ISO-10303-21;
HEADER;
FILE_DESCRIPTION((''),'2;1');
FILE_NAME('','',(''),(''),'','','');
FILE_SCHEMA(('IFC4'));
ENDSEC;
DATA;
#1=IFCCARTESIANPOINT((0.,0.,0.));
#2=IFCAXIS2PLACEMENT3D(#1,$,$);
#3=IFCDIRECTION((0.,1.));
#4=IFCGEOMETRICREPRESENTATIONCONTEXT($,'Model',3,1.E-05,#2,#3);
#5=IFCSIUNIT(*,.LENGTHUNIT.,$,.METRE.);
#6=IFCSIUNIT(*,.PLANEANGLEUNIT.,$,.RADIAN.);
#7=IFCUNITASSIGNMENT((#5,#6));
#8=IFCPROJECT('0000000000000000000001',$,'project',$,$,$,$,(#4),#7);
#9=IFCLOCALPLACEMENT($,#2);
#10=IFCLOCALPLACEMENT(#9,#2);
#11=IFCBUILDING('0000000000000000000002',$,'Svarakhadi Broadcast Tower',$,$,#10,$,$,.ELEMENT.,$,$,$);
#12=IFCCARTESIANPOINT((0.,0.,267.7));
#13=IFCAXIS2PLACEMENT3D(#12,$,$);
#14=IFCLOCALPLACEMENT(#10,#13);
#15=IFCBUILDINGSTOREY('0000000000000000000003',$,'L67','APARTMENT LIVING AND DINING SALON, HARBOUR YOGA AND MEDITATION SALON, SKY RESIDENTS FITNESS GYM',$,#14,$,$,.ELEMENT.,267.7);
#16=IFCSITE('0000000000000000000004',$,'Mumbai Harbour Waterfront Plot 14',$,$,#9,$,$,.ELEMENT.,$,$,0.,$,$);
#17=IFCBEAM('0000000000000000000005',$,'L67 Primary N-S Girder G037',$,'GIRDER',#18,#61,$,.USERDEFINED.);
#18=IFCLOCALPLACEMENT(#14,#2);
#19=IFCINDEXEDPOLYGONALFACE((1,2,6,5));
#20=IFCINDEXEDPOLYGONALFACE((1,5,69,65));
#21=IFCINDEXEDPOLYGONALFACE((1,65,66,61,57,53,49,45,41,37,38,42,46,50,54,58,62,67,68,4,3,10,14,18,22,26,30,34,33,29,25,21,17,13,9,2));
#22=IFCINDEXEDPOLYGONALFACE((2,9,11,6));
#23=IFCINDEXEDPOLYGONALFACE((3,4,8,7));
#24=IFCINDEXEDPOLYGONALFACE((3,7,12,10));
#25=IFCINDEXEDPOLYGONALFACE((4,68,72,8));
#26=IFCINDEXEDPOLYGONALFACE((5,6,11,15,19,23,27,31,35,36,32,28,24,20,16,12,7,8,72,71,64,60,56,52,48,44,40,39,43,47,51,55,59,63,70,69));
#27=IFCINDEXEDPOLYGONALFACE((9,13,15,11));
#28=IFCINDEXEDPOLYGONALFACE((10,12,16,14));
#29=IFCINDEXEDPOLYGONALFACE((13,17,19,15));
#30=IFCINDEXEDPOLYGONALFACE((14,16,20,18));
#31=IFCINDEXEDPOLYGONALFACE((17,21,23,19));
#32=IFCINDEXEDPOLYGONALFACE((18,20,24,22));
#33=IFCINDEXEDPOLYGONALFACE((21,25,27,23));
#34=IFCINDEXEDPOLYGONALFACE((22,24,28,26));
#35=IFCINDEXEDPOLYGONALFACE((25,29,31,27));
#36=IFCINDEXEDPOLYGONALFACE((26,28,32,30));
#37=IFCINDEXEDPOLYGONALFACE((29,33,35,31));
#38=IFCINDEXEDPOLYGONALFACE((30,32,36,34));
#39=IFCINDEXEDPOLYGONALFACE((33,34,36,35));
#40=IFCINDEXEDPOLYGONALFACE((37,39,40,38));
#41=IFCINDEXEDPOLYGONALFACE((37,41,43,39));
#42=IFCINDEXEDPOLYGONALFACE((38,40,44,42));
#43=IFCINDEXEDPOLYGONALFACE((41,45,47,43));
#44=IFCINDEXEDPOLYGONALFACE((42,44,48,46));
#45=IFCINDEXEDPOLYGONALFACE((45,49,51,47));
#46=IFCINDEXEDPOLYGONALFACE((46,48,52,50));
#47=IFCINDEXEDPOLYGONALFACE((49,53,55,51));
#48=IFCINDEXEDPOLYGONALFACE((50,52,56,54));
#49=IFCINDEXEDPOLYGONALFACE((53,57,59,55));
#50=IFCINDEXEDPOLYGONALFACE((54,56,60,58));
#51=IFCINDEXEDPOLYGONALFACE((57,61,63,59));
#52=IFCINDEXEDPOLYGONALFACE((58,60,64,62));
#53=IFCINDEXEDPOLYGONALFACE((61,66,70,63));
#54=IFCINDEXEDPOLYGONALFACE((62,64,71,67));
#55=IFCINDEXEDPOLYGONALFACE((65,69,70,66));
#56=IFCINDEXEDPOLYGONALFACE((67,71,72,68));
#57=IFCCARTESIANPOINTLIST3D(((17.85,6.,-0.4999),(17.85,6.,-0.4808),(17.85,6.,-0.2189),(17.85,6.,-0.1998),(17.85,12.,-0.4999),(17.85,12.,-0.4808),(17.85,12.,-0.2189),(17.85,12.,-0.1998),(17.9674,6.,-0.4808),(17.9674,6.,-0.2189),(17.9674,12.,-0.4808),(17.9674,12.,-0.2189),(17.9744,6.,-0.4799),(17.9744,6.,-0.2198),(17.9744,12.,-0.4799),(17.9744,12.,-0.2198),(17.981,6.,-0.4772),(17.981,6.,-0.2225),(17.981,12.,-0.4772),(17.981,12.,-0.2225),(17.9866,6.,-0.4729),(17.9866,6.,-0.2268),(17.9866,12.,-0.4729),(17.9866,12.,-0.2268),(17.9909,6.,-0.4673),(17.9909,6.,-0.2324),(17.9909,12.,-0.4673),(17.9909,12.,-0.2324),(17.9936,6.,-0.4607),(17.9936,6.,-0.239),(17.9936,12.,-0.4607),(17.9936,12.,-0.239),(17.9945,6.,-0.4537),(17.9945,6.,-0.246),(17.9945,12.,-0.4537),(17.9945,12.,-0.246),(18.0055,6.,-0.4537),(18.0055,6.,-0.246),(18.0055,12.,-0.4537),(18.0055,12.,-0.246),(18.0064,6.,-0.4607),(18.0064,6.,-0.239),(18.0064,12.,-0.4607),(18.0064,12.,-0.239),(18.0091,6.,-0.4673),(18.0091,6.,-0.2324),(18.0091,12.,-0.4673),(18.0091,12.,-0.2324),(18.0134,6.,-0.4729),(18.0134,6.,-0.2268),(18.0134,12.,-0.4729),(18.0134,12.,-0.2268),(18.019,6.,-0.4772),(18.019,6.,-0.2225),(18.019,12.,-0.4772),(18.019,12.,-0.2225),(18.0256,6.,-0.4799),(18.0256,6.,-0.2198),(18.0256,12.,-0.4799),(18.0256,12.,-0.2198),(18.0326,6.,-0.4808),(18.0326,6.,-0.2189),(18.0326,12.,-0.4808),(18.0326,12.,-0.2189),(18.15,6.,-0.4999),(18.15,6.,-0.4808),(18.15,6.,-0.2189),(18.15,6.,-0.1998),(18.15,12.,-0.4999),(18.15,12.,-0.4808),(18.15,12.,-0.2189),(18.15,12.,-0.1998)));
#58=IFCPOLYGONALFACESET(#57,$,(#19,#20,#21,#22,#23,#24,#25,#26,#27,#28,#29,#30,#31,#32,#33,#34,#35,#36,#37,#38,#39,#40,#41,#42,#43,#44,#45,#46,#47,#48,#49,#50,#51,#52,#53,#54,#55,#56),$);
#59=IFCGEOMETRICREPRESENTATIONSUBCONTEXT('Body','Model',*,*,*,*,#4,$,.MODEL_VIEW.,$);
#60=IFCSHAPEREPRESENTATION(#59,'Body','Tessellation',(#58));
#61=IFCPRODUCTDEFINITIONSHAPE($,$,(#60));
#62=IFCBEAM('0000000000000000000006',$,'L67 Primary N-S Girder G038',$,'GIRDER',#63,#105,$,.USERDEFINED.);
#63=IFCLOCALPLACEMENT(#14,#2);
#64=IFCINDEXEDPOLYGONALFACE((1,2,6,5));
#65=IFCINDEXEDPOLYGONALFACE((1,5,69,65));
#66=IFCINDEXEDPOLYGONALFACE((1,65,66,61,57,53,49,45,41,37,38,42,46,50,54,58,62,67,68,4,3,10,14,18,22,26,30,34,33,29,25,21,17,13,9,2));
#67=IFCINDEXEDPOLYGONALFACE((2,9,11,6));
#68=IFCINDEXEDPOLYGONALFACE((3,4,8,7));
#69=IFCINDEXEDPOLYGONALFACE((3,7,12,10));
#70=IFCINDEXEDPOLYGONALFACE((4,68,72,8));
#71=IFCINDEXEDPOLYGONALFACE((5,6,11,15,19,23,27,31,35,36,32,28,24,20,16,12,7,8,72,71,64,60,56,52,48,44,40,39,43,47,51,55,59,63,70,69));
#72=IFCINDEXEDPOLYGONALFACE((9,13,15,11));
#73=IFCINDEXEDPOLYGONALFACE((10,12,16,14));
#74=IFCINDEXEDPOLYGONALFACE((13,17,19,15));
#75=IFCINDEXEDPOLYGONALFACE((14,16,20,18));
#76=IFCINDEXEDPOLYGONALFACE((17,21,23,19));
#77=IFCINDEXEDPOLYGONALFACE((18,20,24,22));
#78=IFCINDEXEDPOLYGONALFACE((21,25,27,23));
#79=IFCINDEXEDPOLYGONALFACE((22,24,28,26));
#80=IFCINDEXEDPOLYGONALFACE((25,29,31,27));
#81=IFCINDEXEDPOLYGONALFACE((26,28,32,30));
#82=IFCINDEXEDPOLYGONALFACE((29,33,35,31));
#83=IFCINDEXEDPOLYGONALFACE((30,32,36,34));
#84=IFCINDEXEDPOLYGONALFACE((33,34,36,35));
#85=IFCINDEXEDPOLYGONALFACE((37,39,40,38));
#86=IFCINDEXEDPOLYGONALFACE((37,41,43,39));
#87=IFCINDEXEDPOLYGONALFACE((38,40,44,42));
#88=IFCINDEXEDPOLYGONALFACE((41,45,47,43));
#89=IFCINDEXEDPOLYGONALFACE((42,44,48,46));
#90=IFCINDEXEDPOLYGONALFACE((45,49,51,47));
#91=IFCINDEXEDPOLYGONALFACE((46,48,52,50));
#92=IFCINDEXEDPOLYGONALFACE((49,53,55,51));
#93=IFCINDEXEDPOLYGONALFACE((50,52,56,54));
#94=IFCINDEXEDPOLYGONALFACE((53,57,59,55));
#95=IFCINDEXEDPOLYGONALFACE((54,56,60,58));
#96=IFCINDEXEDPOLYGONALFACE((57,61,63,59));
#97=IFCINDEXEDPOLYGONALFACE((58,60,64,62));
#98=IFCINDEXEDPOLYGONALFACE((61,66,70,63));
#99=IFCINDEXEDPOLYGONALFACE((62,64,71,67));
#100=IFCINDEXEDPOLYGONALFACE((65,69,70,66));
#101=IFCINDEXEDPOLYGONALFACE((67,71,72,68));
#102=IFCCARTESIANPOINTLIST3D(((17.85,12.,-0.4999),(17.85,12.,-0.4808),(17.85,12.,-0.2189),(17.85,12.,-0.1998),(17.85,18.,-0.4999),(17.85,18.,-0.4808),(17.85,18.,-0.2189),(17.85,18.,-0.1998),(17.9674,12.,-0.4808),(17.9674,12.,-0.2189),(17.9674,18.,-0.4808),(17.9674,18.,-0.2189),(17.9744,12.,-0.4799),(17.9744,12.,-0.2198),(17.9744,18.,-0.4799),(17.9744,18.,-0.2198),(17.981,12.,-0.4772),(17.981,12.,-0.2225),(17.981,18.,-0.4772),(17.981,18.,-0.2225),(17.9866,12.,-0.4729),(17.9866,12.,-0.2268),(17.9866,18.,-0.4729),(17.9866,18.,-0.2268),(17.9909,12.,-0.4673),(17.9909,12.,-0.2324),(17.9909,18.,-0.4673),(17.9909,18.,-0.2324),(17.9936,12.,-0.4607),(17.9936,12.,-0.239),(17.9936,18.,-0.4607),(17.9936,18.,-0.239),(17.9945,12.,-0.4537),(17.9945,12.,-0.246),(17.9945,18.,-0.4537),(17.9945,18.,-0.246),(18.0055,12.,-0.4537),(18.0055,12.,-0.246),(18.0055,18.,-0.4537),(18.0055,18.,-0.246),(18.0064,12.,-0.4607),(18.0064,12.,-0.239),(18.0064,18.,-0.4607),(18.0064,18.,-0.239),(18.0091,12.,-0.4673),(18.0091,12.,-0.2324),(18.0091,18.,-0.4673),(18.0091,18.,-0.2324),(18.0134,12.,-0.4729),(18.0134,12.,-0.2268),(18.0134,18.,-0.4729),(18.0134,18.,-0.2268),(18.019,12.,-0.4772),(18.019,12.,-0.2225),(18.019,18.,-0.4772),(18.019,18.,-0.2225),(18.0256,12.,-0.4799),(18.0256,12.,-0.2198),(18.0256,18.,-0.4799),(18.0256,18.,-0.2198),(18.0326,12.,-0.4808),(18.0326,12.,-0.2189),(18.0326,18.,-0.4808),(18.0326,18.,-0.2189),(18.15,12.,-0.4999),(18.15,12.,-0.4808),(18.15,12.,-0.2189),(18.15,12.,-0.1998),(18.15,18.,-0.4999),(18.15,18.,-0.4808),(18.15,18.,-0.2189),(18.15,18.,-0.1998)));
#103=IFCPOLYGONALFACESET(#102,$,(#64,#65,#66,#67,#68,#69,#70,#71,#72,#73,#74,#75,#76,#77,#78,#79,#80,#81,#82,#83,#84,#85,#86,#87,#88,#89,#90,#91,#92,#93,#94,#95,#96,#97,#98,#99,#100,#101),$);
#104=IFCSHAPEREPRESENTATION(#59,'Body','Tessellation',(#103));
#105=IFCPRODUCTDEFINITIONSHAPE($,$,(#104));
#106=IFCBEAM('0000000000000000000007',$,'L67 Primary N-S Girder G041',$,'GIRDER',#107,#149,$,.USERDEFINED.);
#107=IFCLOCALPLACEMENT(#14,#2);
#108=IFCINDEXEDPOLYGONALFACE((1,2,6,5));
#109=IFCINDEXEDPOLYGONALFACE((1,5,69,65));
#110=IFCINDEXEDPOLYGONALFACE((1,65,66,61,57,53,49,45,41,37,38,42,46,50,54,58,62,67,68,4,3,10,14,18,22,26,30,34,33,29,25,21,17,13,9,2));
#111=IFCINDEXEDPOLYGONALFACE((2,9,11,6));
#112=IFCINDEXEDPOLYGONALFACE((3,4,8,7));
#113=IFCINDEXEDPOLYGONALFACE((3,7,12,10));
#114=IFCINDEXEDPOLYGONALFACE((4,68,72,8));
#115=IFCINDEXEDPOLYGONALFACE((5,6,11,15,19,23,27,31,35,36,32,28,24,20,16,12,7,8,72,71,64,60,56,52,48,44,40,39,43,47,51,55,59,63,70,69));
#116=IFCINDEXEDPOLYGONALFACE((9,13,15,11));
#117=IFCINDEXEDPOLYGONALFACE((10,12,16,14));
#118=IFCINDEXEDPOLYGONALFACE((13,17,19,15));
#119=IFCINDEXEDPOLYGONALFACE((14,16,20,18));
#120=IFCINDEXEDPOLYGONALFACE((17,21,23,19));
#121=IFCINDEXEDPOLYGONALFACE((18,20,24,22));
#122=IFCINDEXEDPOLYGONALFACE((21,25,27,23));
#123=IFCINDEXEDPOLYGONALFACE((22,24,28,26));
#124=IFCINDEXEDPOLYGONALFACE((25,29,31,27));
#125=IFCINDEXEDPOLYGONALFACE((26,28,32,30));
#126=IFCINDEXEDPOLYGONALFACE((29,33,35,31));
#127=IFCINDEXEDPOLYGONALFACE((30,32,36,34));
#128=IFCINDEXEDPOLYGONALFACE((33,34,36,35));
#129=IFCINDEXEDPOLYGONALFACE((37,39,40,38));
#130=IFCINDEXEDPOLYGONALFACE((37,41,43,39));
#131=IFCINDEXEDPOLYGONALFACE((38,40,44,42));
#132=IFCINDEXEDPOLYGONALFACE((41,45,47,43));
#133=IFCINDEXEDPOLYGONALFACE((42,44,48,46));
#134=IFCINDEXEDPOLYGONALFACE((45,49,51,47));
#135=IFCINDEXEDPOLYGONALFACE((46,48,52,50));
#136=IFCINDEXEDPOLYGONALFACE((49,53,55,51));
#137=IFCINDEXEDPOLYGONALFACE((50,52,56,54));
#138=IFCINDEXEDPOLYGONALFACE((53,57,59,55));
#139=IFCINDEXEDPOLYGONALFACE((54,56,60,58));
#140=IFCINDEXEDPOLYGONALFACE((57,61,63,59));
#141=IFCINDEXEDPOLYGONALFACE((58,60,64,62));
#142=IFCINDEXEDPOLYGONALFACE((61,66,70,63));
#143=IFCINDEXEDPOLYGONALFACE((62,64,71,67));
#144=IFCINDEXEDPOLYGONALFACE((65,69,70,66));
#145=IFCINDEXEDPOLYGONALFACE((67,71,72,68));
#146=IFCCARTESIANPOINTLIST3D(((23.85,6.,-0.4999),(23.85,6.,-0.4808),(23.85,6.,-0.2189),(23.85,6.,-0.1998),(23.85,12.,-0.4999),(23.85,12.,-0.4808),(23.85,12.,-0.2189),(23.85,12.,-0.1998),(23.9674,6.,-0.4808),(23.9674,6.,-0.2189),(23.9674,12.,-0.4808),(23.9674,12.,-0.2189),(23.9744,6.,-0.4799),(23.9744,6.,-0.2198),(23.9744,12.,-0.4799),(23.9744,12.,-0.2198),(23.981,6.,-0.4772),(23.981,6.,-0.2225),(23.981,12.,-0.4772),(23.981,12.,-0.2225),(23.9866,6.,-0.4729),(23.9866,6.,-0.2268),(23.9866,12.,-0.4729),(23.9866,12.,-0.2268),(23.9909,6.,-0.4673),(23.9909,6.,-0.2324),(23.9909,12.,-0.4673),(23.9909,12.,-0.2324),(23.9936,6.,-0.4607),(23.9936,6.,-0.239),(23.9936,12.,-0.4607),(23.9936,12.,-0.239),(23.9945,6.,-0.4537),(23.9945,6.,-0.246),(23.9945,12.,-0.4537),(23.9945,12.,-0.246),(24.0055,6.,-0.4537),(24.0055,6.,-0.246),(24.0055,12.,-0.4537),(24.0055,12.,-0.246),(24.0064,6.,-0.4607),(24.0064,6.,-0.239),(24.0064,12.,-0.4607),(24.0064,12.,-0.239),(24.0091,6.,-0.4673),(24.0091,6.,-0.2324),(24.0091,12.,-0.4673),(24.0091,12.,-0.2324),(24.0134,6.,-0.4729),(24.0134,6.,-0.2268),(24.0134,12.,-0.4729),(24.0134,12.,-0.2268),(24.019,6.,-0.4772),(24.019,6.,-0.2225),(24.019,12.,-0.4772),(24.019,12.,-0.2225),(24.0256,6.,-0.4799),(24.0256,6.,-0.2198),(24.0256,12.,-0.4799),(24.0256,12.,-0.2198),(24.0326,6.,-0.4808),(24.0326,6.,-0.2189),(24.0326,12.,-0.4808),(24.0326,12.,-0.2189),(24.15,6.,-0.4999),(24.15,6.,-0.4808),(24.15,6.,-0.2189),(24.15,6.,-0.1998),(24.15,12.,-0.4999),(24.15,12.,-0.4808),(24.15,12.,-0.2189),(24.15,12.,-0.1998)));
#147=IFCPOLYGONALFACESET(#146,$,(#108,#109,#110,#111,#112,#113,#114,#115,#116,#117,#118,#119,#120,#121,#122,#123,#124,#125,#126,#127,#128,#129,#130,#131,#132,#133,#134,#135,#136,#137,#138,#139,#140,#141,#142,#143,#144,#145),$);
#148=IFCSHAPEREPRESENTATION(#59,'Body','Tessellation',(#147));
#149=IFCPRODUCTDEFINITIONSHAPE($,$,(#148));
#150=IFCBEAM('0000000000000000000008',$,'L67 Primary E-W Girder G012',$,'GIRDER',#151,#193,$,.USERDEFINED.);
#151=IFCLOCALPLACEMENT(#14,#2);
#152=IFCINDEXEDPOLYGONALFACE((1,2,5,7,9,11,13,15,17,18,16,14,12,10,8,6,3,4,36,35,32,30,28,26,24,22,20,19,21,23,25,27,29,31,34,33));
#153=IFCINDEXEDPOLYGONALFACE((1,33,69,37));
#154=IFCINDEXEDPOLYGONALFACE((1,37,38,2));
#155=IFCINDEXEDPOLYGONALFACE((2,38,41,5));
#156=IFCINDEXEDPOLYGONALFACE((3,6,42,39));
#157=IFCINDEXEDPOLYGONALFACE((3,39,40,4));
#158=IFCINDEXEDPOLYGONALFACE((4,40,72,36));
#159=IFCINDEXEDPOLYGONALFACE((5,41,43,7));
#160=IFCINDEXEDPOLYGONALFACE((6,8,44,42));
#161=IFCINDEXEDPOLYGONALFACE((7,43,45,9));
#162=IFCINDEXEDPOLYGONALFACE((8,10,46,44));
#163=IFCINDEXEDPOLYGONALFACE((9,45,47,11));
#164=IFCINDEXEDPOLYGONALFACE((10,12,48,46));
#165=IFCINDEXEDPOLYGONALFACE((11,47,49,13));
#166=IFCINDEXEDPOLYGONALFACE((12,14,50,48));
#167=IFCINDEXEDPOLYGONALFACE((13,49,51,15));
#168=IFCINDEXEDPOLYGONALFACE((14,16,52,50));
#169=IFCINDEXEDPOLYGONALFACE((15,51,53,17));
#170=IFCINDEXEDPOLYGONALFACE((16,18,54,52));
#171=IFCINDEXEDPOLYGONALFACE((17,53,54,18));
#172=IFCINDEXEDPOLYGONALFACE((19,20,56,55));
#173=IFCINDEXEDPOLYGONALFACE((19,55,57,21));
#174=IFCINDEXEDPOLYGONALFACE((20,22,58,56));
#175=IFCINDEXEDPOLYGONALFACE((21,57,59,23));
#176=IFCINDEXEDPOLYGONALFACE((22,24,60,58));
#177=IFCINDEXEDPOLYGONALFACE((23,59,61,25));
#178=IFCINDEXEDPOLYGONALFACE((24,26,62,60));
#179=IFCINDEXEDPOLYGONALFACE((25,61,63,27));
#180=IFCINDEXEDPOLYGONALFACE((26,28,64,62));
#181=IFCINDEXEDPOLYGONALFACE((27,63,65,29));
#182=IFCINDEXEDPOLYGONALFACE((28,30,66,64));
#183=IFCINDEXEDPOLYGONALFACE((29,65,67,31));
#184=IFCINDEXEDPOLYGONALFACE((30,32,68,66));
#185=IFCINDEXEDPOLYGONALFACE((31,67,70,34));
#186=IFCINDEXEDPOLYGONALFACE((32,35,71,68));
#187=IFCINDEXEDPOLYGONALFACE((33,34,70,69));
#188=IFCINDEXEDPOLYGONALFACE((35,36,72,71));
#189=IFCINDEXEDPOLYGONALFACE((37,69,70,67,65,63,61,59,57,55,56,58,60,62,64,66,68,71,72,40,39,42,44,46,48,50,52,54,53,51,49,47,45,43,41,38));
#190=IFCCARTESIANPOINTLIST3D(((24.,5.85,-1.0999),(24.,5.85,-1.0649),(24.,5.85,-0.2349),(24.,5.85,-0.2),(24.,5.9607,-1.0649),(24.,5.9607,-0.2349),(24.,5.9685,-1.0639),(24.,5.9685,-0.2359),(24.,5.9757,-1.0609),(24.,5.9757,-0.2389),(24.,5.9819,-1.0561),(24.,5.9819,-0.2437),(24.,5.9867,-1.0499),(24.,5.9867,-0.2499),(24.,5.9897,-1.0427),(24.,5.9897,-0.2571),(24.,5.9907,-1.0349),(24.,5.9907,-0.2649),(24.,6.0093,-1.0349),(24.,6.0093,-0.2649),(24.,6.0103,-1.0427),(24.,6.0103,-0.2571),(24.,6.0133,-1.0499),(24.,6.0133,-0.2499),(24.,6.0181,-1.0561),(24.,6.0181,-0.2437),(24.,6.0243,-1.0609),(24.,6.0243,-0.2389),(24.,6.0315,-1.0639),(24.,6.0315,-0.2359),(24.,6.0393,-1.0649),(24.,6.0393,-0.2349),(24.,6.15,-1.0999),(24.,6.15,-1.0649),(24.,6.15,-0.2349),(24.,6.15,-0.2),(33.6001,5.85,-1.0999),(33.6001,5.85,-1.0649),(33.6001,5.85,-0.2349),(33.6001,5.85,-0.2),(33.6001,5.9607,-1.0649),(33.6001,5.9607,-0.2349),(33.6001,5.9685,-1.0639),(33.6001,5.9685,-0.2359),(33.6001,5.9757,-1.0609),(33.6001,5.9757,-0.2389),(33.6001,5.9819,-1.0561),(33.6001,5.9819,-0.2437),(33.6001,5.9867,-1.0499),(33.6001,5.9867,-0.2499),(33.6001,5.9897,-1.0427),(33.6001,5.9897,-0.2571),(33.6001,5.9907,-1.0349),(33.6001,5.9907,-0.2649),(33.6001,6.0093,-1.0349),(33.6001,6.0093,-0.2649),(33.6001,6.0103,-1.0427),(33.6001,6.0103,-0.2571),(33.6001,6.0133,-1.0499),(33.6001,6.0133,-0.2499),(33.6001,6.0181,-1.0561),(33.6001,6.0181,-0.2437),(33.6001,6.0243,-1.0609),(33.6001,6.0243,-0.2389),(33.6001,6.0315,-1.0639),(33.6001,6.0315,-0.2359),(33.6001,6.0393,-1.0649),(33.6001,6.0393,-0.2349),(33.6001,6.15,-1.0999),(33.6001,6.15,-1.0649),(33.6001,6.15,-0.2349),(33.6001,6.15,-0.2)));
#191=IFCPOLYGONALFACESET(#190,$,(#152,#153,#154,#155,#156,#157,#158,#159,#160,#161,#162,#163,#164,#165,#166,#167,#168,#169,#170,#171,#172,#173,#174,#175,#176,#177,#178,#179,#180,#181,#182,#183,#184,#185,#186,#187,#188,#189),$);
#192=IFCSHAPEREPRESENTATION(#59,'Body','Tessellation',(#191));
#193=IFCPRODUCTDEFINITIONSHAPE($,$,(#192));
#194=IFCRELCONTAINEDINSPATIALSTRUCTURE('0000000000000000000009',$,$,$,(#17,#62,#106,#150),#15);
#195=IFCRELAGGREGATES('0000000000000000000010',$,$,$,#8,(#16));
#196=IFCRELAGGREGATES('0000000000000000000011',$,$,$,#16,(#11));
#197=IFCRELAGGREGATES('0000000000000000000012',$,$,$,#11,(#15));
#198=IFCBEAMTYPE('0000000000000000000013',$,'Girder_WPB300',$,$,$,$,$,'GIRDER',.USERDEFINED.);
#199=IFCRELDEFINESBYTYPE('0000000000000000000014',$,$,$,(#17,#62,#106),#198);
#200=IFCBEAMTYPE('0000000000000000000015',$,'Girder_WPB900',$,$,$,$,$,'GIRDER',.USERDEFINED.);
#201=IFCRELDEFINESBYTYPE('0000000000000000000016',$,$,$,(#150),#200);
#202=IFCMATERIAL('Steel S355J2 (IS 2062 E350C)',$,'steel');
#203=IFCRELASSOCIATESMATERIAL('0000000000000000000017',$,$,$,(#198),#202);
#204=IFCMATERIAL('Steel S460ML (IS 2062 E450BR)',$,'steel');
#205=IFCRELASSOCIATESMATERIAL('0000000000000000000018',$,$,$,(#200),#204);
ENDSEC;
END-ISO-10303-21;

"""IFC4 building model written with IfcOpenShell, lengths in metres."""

from ifc_helpers import new_model, si_unit, direction, frame, origin, origin_2d, place, context, subcontext, project, spatial, i_section, extrude, material, material_profile, profile_set, type_object, element, save


model = new_model("IFC4")

# Units and contexts
model_context = context("Model", 3, precision=1e-05, world=origin(), true_north=direction((0.0, 1.0)))
body_context = subcontext(model_context, "Body", "Model", "MODEL_VIEW")
ifc_project = project(units=[si_unit("LENGTHUNIT", "METRE"), si_unit("PLANEANGLEUNIT", "RADIAN")], contexts=[model_context])

# Site, building, storey
site_placement = place(None, origin())
site = spatial("IfcSite", under=ifc_project, at=site_placement, Name="Mumbai Harbour Waterfront Plot 14", CompositionType="ELEMENT", RefElevation=0.0)
building_placement = place(site_placement, origin())
building = spatial("IfcBuilding", under=site, at=building_placement, Name="Svarakhadi Broadcast Tower", CompositionType="ELEMENT")
storey_placement = place(building_placement, frame((0.0, 0.0, 267.7)))
storey = spatial("IfcBuildingStorey", under=building, at=storey_placement, Name="L67", Description="APARTMENT LIVING AND DINING SALON, HARBOUR YOGA AND MEDITATION SALON, SKY RESIDENTS FITNESS GYM", CompositionType="ELEMENT", Elevation=267.7)

# Shared definitions
ifc_material_1 = material(Name="Steel S460ML (IS 2062 E450BR)", Category="steel")

# Beams
ifc_material_2 = material(Name="Steel S355J2 (IS 2062 E350C)", Category="steel")
ifc_material_profile_1 = material_profile(ifc_material_2, i_section(OverallWidth=0.3, OverallDepth=0.3, WebThickness=0.011, FlangeThickness=0.019, FilletRadius=0.0271, at=origin_2d()), Name="WPB 300x300x117")
ifc_profile_set_1 = profile_set([ifc_material_profile_1], Name="Steel S355J2 (IS 2062 E350C)")
beam_type_1 = type_object("IfcBeamType", Name="Girder_WPB300", ElementType="GIRDER", PredefinedType="USERDEFINED", material=ifc_profile_set_1)
for number, where, z_axis, x_axis, name in (
    (1, (18.0, 6.0, -0.3499), (0.0, 1.0, 0.0), (-1.0, 0.0, 0.0), "L67 Primary N-S Girder G037"),
    (2, (18.0, 12.0, -0.3499), (0.0, 1.0, 0.0), (-1.0, 0.0, 0.0), "L67 Primary N-S Girder G038"),
    (3, (24.0, 6.0, -0.3499), (0.0, 1.0, 0.0), (-1.0, 0.0, 0.0), "L67 Primary N-S Girder G041"),
):
    element("IfcBeam", number, at=place(storey_placement, frame(where, z_axis=z_axis, x_axis=x_axis)), inside=storey, type_object=beam_type_1, Name=name, ObjectType="GIRDER", PredefinedType="USERDEFINED", context=body_context, shape_type="SweptSolid", body=[
        extrude(i_section(OverallWidth=0.3, OverallDepth=0.3, WebThickness=0.011, FlangeThickness=0.019, FilletRadius=0.0271, at=origin_2d()), origin(), (0.0, 0.0, 1.0), 6.0),
    ])
ifc_material_profile_2 = material_profile(ifc_material_1, i_section(OverallWidth=0.3, OverallDepth=0.8999, WebThickness=0.0186, FlangeThickness=0.0349, FilletRadius=0.03, at=origin_2d()), Name="WPB 900x300x291")
ifc_profile_set_2 = profile_set([ifc_material_profile_2], Name="Steel S460ML (IS 2062 E450BR)")
beam_type_2 = type_object("IfcBeamType", Name="Girder_WPB900", ElementType="GIRDER", PredefinedType="USERDEFINED", material=ifc_profile_set_2)
beam_placement = place(storey_placement, frame((24.0, 6.0, -0.6499), z_axis=(1.0, 0.0, 0.0), x_axis=(0.0, 1.0, 0.0)))
element("IfcBeam", 4, at=beam_placement, inside=storey, type_object=beam_type_2, Name="L67 Primary E-W Girder G012", ObjectType="GIRDER", PredefinedType="USERDEFINED", context=body_context, shape_type="SweptSolid", body=[
    extrude(i_section(OverallWidth=0.3, OverallDepth=0.8999, WebThickness=0.0186, FlangeThickness=0.0349, FilletRadius=0.03, at=origin_2d()), origin(), (0.0, 0.0, 1.0), 9.6001),
])

save(model, "model.ifc")
